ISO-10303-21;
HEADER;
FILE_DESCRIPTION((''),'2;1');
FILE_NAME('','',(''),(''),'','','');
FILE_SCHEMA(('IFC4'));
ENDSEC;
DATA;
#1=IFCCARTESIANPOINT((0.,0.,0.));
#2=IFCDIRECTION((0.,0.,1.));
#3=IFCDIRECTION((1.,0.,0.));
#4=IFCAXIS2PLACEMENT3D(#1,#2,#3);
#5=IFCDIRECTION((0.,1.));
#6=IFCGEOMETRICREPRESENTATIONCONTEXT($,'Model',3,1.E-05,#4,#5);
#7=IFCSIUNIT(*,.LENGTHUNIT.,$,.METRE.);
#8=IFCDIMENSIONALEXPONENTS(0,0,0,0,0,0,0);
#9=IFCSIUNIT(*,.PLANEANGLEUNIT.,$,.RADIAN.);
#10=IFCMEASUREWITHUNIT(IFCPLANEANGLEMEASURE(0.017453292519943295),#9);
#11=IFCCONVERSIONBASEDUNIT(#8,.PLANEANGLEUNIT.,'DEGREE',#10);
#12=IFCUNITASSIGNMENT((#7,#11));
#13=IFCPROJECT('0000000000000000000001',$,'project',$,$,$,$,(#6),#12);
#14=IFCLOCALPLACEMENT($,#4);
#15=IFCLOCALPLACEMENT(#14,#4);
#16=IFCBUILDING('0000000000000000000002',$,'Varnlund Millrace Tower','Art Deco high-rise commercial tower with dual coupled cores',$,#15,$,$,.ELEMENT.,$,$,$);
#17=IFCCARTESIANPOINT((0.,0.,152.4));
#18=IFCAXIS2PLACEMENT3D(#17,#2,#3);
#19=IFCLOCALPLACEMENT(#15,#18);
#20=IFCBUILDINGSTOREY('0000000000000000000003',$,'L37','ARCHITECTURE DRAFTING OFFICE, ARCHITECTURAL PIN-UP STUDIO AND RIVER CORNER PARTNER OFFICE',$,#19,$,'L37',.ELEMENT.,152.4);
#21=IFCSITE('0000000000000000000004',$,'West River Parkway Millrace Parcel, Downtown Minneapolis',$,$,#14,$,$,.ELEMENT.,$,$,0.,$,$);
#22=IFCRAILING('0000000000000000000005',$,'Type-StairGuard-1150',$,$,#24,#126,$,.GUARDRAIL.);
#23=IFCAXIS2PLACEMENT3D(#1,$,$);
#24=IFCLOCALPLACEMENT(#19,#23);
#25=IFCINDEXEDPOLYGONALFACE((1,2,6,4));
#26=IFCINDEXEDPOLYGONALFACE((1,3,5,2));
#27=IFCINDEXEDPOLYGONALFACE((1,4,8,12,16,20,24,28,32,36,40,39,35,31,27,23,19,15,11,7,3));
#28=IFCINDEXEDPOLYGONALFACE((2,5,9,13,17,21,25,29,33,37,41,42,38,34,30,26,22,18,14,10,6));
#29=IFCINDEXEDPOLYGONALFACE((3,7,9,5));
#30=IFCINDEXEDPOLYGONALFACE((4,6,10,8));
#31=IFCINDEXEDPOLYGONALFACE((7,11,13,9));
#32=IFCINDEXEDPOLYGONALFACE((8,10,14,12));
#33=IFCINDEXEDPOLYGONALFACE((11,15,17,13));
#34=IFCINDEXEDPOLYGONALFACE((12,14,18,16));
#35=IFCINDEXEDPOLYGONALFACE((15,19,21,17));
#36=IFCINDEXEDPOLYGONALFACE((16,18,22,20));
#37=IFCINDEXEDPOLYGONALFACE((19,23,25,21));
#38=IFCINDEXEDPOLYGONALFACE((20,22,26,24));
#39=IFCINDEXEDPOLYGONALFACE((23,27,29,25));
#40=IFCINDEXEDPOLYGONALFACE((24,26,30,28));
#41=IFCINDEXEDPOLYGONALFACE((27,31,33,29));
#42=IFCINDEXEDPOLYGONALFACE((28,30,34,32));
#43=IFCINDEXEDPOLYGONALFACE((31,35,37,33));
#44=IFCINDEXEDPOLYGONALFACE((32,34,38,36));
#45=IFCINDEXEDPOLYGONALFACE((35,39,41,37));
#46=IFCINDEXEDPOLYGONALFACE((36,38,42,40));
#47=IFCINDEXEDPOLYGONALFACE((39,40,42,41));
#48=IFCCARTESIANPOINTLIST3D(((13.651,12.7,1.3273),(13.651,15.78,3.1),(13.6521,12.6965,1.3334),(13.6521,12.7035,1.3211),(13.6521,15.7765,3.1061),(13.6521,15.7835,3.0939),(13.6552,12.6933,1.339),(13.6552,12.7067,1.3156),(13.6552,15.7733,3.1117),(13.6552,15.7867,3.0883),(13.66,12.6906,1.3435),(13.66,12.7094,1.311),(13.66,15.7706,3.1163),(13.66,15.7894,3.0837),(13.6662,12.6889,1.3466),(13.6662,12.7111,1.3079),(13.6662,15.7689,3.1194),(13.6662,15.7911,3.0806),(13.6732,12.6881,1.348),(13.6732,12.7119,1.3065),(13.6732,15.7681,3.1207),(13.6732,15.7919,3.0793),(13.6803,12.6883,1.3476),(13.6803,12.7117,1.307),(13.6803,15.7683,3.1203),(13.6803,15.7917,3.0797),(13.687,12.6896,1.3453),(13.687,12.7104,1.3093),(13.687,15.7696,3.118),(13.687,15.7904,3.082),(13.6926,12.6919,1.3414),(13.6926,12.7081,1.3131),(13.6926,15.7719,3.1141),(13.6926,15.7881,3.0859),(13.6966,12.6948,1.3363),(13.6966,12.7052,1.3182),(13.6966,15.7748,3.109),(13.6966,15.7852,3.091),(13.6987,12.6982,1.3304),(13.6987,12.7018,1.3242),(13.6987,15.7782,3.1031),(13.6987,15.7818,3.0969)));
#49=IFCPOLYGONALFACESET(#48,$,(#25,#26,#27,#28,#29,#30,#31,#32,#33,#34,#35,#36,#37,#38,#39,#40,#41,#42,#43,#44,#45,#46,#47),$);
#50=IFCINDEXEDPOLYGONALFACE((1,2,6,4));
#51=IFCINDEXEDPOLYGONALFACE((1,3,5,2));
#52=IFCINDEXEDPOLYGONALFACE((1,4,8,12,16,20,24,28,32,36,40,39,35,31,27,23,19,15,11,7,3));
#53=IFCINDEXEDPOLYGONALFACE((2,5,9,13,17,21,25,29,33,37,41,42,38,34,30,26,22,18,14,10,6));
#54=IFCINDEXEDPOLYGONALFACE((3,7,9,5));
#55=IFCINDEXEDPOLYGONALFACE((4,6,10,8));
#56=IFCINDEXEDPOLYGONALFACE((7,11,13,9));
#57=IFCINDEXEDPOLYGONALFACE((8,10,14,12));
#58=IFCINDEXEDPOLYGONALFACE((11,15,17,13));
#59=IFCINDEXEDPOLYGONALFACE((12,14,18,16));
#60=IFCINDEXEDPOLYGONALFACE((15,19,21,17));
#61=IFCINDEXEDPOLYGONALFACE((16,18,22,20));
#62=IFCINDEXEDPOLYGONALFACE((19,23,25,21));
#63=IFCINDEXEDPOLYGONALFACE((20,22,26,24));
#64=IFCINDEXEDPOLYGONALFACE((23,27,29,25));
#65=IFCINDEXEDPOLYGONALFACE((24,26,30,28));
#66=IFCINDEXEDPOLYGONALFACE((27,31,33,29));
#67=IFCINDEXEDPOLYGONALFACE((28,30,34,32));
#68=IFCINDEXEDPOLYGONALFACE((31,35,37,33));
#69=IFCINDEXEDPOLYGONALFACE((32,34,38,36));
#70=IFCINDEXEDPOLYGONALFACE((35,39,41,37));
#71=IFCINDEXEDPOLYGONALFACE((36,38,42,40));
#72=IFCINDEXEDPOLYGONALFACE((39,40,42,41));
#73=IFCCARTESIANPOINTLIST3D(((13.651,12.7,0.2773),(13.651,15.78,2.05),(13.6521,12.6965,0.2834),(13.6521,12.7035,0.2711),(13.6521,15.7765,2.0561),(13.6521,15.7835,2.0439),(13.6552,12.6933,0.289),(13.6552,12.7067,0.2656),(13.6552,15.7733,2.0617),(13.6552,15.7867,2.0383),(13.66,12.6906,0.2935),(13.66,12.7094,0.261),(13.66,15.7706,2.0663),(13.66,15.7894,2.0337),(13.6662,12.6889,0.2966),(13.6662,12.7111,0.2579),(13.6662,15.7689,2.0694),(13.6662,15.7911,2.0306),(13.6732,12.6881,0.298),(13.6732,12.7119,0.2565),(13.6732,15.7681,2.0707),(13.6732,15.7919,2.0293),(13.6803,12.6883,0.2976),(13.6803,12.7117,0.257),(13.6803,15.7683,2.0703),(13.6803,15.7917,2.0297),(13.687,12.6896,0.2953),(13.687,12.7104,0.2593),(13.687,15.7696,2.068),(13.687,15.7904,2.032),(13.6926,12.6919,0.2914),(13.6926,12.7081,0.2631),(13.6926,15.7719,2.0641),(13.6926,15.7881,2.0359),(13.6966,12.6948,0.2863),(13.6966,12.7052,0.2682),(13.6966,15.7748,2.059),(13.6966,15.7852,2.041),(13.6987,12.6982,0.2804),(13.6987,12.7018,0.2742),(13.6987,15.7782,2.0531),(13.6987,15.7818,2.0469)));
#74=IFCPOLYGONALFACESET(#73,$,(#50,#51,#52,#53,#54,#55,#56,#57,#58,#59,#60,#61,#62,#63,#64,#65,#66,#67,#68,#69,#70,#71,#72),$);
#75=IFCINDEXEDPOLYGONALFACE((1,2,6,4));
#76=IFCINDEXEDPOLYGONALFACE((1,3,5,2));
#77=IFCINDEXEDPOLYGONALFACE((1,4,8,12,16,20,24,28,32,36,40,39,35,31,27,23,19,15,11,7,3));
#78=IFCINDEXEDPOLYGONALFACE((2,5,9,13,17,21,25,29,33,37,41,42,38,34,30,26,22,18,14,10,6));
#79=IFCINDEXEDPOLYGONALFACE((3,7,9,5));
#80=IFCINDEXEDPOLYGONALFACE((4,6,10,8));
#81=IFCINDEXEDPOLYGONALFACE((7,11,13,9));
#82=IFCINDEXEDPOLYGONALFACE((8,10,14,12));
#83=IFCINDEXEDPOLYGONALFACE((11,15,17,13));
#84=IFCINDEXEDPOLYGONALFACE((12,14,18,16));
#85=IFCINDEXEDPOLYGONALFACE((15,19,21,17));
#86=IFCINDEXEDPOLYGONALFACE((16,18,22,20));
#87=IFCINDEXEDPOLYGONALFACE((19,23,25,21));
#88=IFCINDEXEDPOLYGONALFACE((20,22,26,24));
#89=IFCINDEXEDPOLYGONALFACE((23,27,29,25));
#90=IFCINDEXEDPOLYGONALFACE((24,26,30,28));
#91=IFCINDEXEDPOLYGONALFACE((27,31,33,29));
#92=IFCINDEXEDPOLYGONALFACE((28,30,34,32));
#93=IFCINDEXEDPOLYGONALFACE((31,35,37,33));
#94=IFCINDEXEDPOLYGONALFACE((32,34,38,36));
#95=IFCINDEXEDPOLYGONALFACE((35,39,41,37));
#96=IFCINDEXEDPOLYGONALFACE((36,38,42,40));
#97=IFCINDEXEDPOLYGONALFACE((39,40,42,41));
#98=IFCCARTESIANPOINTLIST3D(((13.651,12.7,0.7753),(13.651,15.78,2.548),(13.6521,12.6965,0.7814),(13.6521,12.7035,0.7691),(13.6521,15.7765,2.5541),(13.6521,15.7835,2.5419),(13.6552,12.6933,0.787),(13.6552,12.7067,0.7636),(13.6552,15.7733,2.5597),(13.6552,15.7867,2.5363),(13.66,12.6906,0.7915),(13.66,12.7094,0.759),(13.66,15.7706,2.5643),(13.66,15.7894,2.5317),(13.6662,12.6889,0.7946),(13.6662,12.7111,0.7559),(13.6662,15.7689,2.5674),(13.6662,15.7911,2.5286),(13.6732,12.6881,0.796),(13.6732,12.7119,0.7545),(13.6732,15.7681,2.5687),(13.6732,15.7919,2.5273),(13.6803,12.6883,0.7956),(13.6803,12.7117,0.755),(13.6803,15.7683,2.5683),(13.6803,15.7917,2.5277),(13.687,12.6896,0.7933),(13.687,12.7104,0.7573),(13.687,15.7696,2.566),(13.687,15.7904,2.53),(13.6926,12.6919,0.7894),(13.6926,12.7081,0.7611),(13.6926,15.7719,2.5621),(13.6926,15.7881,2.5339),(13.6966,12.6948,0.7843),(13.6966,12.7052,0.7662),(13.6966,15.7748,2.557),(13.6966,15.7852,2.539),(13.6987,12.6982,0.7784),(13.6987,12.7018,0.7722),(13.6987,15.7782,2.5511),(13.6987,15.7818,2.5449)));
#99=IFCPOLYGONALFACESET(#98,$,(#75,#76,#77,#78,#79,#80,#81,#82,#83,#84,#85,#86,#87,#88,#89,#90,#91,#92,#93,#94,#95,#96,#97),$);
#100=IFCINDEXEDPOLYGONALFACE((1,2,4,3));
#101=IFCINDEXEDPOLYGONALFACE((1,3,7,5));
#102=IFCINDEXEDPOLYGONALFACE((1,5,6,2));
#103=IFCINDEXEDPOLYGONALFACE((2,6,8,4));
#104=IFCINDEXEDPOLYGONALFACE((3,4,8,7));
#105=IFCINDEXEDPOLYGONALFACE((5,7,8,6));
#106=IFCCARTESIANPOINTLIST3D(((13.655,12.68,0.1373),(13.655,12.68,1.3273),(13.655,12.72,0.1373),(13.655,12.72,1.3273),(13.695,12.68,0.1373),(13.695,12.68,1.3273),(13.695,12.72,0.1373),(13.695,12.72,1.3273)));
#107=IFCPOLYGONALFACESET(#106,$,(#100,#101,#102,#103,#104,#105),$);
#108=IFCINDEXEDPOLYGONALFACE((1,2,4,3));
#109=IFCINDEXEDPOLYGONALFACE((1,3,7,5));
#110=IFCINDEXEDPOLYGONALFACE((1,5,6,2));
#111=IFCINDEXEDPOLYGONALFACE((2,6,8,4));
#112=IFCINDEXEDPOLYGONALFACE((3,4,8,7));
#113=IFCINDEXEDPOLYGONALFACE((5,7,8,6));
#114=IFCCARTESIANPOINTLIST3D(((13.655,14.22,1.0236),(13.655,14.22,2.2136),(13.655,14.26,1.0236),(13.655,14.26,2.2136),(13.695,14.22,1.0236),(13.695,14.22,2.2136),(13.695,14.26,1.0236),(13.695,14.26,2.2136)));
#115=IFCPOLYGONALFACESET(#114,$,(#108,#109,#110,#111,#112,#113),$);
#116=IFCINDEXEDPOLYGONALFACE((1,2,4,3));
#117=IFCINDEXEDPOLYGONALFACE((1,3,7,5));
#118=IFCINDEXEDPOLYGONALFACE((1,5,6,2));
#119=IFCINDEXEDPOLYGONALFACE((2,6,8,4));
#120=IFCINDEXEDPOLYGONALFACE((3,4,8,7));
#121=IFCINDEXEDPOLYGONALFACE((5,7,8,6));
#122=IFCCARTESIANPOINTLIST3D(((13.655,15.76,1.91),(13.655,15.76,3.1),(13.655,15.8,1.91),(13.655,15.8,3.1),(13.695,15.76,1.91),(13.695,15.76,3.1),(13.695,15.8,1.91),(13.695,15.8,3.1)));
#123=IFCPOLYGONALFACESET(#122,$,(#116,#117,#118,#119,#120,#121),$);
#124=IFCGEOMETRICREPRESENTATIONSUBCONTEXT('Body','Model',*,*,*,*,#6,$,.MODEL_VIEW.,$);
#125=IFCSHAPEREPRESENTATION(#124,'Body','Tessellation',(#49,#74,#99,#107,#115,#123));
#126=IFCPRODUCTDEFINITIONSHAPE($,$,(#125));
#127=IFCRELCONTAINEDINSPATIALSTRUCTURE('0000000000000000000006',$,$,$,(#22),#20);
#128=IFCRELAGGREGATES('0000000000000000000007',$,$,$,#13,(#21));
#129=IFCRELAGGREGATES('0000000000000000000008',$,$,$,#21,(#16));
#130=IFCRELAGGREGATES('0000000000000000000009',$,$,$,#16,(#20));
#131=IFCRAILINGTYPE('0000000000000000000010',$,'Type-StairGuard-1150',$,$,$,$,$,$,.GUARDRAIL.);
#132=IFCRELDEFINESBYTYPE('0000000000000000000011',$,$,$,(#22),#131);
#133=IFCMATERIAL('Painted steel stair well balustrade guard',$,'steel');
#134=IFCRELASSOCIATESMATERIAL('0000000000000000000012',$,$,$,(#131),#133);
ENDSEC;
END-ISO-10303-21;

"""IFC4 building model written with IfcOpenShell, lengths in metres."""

from ifc_helpers import new_model, entity, si_unit, converted_unit, direction, frame, origin_with_axes, origin_2d_with_axis, place, context, subcontext, project, spatial, rectangle, circle, extrude, material, type_object, element, save


model = new_model("IFC4")

# Units and contexts
model_context = context("Model", 3, precision=1e-05, world=origin_with_axes(), true_north=direction((0.0, 1.0)))
body_context = subcontext(model_context, "Body", "Model", "MODEL_VIEW")
ifc_project = project(units=[si_unit("LENGTHUNIT", "METRE"), converted_unit("PLANEANGLEUNIT", "DEGREE", entity("IfcPlaneAngleMeasure", 0.017453292519943295), si_unit("PLANEANGLEUNIT", "RADIAN"), dimensions=[0, 0, 0, 0, 0, 0, 0])], contexts=[model_context])

# Site, building, storey
site_placement = place(None, origin_with_axes())
site = spatial("IfcSite", under=ifc_project, at=site_placement, Name="West River Parkway Millrace Parcel, Downtown Minneapolis", CompositionType="ELEMENT", RefElevation=0.0)
building_placement = place(site_placement, origin_with_axes())
building = spatial("IfcBuilding", under=site, at=building_placement, Name="Varnlund Millrace Tower", Description="Art Deco high-rise commercial tower with dual coupled cores", CompositionType="ELEMENT")
storey_placement = place(building_placement, frame((0.0, 0.0, 152.4), z_axis=(0.0, 0.0, 1.0), x_axis=(1.0, 0.0, 0.0)))
storey = spatial("IfcBuildingStorey", under=building, at=storey_placement, Name="L37", Description="ARCHITECTURE DRAFTING OFFICE, ARCHITECTURAL PIN-UP STUDIO AND RIVER CORNER PARTNER OFFICE", LongName="L37", CompositionType="ELEMENT", Elevation=152.4)

# Railing
ifc_material_1 = material(Name="Painted steel stair well balustrade guard", Category="steel")
railing_type_1 = type_object("IfcRailingType", Name="Type-StairGuard-1150", PredefinedType="GUARDRAIL", material=ifc_material_1)
railing_1_placement = place(storey_placement, frame((0.0, 0.0, -152.4), z_axis=(0.0, 0.0, 1.0), x_axis=(1.0, 0.0, 0.0)))
element("IfcRailing", 1, at=railing_1_placement, inside=storey, type_object=railing_type_1, Name="Type-StairGuard-1150", PredefinedType="GUARDRAIL", context=body_context, shape_type="SweptSolid", body=[
    extrude(circle(Radius=0.024, at=origin_2d_with_axis()), frame((13.675, 12.7, 153.7273), z_axis=(0.0, 0.866696, 0.498836), x_axis=(-1.0, 0.0, 0.0)), (0.0, 0.0, 1.0), 3.5537),
    extrude(circle(Radius=0.024, at=origin_2d_with_axis()), frame((13.675, 12.7, 152.6773), z_axis=(0.0, 0.866696, 0.498836), x_axis=(-1.0, 0.0, 0.0)), (0.0, 0.0, 1.0), 3.5537),
    extrude(circle(Radius=0.024, at=origin_2d_with_axis()), frame((13.675, 12.7, 153.1753), z_axis=(0.0, 0.866696, 0.498836), x_axis=(-1.0, 0.0, 0.0)), (0.0, 0.0, 1.0), 3.5537),
    extrude(rectangle(XDim=0.04, YDim=0.04, at=origin_2d_with_axis()), frame((13.675, 12.7, 152.5373), z_axis=(0.0, 0.0, 1.0), x_axis=(1.0, 0.0, 0.0)), (0.0, 0.0, 1.0), 1.19),
    extrude(rectangle(XDim=0.04, YDim=0.04, at=origin_2d_with_axis()), frame((13.675, 14.24, 153.4236), z_axis=(0.0, 0.0, 1.0), x_axis=(1.0, 0.0, 0.0)), (0.0, 0.0, 1.0), 1.19),
    extrude(rectangle(XDim=0.04, YDim=0.04, at=origin_2d_with_axis()), frame((13.675, 15.78, 154.31), z_axis=(0.0, 0.0, 1.0), x_axis=(1.0, 0.0, 0.0)), (0.0, 0.0, 1.0), 1.19),
])

save(model, "model.ifc")
